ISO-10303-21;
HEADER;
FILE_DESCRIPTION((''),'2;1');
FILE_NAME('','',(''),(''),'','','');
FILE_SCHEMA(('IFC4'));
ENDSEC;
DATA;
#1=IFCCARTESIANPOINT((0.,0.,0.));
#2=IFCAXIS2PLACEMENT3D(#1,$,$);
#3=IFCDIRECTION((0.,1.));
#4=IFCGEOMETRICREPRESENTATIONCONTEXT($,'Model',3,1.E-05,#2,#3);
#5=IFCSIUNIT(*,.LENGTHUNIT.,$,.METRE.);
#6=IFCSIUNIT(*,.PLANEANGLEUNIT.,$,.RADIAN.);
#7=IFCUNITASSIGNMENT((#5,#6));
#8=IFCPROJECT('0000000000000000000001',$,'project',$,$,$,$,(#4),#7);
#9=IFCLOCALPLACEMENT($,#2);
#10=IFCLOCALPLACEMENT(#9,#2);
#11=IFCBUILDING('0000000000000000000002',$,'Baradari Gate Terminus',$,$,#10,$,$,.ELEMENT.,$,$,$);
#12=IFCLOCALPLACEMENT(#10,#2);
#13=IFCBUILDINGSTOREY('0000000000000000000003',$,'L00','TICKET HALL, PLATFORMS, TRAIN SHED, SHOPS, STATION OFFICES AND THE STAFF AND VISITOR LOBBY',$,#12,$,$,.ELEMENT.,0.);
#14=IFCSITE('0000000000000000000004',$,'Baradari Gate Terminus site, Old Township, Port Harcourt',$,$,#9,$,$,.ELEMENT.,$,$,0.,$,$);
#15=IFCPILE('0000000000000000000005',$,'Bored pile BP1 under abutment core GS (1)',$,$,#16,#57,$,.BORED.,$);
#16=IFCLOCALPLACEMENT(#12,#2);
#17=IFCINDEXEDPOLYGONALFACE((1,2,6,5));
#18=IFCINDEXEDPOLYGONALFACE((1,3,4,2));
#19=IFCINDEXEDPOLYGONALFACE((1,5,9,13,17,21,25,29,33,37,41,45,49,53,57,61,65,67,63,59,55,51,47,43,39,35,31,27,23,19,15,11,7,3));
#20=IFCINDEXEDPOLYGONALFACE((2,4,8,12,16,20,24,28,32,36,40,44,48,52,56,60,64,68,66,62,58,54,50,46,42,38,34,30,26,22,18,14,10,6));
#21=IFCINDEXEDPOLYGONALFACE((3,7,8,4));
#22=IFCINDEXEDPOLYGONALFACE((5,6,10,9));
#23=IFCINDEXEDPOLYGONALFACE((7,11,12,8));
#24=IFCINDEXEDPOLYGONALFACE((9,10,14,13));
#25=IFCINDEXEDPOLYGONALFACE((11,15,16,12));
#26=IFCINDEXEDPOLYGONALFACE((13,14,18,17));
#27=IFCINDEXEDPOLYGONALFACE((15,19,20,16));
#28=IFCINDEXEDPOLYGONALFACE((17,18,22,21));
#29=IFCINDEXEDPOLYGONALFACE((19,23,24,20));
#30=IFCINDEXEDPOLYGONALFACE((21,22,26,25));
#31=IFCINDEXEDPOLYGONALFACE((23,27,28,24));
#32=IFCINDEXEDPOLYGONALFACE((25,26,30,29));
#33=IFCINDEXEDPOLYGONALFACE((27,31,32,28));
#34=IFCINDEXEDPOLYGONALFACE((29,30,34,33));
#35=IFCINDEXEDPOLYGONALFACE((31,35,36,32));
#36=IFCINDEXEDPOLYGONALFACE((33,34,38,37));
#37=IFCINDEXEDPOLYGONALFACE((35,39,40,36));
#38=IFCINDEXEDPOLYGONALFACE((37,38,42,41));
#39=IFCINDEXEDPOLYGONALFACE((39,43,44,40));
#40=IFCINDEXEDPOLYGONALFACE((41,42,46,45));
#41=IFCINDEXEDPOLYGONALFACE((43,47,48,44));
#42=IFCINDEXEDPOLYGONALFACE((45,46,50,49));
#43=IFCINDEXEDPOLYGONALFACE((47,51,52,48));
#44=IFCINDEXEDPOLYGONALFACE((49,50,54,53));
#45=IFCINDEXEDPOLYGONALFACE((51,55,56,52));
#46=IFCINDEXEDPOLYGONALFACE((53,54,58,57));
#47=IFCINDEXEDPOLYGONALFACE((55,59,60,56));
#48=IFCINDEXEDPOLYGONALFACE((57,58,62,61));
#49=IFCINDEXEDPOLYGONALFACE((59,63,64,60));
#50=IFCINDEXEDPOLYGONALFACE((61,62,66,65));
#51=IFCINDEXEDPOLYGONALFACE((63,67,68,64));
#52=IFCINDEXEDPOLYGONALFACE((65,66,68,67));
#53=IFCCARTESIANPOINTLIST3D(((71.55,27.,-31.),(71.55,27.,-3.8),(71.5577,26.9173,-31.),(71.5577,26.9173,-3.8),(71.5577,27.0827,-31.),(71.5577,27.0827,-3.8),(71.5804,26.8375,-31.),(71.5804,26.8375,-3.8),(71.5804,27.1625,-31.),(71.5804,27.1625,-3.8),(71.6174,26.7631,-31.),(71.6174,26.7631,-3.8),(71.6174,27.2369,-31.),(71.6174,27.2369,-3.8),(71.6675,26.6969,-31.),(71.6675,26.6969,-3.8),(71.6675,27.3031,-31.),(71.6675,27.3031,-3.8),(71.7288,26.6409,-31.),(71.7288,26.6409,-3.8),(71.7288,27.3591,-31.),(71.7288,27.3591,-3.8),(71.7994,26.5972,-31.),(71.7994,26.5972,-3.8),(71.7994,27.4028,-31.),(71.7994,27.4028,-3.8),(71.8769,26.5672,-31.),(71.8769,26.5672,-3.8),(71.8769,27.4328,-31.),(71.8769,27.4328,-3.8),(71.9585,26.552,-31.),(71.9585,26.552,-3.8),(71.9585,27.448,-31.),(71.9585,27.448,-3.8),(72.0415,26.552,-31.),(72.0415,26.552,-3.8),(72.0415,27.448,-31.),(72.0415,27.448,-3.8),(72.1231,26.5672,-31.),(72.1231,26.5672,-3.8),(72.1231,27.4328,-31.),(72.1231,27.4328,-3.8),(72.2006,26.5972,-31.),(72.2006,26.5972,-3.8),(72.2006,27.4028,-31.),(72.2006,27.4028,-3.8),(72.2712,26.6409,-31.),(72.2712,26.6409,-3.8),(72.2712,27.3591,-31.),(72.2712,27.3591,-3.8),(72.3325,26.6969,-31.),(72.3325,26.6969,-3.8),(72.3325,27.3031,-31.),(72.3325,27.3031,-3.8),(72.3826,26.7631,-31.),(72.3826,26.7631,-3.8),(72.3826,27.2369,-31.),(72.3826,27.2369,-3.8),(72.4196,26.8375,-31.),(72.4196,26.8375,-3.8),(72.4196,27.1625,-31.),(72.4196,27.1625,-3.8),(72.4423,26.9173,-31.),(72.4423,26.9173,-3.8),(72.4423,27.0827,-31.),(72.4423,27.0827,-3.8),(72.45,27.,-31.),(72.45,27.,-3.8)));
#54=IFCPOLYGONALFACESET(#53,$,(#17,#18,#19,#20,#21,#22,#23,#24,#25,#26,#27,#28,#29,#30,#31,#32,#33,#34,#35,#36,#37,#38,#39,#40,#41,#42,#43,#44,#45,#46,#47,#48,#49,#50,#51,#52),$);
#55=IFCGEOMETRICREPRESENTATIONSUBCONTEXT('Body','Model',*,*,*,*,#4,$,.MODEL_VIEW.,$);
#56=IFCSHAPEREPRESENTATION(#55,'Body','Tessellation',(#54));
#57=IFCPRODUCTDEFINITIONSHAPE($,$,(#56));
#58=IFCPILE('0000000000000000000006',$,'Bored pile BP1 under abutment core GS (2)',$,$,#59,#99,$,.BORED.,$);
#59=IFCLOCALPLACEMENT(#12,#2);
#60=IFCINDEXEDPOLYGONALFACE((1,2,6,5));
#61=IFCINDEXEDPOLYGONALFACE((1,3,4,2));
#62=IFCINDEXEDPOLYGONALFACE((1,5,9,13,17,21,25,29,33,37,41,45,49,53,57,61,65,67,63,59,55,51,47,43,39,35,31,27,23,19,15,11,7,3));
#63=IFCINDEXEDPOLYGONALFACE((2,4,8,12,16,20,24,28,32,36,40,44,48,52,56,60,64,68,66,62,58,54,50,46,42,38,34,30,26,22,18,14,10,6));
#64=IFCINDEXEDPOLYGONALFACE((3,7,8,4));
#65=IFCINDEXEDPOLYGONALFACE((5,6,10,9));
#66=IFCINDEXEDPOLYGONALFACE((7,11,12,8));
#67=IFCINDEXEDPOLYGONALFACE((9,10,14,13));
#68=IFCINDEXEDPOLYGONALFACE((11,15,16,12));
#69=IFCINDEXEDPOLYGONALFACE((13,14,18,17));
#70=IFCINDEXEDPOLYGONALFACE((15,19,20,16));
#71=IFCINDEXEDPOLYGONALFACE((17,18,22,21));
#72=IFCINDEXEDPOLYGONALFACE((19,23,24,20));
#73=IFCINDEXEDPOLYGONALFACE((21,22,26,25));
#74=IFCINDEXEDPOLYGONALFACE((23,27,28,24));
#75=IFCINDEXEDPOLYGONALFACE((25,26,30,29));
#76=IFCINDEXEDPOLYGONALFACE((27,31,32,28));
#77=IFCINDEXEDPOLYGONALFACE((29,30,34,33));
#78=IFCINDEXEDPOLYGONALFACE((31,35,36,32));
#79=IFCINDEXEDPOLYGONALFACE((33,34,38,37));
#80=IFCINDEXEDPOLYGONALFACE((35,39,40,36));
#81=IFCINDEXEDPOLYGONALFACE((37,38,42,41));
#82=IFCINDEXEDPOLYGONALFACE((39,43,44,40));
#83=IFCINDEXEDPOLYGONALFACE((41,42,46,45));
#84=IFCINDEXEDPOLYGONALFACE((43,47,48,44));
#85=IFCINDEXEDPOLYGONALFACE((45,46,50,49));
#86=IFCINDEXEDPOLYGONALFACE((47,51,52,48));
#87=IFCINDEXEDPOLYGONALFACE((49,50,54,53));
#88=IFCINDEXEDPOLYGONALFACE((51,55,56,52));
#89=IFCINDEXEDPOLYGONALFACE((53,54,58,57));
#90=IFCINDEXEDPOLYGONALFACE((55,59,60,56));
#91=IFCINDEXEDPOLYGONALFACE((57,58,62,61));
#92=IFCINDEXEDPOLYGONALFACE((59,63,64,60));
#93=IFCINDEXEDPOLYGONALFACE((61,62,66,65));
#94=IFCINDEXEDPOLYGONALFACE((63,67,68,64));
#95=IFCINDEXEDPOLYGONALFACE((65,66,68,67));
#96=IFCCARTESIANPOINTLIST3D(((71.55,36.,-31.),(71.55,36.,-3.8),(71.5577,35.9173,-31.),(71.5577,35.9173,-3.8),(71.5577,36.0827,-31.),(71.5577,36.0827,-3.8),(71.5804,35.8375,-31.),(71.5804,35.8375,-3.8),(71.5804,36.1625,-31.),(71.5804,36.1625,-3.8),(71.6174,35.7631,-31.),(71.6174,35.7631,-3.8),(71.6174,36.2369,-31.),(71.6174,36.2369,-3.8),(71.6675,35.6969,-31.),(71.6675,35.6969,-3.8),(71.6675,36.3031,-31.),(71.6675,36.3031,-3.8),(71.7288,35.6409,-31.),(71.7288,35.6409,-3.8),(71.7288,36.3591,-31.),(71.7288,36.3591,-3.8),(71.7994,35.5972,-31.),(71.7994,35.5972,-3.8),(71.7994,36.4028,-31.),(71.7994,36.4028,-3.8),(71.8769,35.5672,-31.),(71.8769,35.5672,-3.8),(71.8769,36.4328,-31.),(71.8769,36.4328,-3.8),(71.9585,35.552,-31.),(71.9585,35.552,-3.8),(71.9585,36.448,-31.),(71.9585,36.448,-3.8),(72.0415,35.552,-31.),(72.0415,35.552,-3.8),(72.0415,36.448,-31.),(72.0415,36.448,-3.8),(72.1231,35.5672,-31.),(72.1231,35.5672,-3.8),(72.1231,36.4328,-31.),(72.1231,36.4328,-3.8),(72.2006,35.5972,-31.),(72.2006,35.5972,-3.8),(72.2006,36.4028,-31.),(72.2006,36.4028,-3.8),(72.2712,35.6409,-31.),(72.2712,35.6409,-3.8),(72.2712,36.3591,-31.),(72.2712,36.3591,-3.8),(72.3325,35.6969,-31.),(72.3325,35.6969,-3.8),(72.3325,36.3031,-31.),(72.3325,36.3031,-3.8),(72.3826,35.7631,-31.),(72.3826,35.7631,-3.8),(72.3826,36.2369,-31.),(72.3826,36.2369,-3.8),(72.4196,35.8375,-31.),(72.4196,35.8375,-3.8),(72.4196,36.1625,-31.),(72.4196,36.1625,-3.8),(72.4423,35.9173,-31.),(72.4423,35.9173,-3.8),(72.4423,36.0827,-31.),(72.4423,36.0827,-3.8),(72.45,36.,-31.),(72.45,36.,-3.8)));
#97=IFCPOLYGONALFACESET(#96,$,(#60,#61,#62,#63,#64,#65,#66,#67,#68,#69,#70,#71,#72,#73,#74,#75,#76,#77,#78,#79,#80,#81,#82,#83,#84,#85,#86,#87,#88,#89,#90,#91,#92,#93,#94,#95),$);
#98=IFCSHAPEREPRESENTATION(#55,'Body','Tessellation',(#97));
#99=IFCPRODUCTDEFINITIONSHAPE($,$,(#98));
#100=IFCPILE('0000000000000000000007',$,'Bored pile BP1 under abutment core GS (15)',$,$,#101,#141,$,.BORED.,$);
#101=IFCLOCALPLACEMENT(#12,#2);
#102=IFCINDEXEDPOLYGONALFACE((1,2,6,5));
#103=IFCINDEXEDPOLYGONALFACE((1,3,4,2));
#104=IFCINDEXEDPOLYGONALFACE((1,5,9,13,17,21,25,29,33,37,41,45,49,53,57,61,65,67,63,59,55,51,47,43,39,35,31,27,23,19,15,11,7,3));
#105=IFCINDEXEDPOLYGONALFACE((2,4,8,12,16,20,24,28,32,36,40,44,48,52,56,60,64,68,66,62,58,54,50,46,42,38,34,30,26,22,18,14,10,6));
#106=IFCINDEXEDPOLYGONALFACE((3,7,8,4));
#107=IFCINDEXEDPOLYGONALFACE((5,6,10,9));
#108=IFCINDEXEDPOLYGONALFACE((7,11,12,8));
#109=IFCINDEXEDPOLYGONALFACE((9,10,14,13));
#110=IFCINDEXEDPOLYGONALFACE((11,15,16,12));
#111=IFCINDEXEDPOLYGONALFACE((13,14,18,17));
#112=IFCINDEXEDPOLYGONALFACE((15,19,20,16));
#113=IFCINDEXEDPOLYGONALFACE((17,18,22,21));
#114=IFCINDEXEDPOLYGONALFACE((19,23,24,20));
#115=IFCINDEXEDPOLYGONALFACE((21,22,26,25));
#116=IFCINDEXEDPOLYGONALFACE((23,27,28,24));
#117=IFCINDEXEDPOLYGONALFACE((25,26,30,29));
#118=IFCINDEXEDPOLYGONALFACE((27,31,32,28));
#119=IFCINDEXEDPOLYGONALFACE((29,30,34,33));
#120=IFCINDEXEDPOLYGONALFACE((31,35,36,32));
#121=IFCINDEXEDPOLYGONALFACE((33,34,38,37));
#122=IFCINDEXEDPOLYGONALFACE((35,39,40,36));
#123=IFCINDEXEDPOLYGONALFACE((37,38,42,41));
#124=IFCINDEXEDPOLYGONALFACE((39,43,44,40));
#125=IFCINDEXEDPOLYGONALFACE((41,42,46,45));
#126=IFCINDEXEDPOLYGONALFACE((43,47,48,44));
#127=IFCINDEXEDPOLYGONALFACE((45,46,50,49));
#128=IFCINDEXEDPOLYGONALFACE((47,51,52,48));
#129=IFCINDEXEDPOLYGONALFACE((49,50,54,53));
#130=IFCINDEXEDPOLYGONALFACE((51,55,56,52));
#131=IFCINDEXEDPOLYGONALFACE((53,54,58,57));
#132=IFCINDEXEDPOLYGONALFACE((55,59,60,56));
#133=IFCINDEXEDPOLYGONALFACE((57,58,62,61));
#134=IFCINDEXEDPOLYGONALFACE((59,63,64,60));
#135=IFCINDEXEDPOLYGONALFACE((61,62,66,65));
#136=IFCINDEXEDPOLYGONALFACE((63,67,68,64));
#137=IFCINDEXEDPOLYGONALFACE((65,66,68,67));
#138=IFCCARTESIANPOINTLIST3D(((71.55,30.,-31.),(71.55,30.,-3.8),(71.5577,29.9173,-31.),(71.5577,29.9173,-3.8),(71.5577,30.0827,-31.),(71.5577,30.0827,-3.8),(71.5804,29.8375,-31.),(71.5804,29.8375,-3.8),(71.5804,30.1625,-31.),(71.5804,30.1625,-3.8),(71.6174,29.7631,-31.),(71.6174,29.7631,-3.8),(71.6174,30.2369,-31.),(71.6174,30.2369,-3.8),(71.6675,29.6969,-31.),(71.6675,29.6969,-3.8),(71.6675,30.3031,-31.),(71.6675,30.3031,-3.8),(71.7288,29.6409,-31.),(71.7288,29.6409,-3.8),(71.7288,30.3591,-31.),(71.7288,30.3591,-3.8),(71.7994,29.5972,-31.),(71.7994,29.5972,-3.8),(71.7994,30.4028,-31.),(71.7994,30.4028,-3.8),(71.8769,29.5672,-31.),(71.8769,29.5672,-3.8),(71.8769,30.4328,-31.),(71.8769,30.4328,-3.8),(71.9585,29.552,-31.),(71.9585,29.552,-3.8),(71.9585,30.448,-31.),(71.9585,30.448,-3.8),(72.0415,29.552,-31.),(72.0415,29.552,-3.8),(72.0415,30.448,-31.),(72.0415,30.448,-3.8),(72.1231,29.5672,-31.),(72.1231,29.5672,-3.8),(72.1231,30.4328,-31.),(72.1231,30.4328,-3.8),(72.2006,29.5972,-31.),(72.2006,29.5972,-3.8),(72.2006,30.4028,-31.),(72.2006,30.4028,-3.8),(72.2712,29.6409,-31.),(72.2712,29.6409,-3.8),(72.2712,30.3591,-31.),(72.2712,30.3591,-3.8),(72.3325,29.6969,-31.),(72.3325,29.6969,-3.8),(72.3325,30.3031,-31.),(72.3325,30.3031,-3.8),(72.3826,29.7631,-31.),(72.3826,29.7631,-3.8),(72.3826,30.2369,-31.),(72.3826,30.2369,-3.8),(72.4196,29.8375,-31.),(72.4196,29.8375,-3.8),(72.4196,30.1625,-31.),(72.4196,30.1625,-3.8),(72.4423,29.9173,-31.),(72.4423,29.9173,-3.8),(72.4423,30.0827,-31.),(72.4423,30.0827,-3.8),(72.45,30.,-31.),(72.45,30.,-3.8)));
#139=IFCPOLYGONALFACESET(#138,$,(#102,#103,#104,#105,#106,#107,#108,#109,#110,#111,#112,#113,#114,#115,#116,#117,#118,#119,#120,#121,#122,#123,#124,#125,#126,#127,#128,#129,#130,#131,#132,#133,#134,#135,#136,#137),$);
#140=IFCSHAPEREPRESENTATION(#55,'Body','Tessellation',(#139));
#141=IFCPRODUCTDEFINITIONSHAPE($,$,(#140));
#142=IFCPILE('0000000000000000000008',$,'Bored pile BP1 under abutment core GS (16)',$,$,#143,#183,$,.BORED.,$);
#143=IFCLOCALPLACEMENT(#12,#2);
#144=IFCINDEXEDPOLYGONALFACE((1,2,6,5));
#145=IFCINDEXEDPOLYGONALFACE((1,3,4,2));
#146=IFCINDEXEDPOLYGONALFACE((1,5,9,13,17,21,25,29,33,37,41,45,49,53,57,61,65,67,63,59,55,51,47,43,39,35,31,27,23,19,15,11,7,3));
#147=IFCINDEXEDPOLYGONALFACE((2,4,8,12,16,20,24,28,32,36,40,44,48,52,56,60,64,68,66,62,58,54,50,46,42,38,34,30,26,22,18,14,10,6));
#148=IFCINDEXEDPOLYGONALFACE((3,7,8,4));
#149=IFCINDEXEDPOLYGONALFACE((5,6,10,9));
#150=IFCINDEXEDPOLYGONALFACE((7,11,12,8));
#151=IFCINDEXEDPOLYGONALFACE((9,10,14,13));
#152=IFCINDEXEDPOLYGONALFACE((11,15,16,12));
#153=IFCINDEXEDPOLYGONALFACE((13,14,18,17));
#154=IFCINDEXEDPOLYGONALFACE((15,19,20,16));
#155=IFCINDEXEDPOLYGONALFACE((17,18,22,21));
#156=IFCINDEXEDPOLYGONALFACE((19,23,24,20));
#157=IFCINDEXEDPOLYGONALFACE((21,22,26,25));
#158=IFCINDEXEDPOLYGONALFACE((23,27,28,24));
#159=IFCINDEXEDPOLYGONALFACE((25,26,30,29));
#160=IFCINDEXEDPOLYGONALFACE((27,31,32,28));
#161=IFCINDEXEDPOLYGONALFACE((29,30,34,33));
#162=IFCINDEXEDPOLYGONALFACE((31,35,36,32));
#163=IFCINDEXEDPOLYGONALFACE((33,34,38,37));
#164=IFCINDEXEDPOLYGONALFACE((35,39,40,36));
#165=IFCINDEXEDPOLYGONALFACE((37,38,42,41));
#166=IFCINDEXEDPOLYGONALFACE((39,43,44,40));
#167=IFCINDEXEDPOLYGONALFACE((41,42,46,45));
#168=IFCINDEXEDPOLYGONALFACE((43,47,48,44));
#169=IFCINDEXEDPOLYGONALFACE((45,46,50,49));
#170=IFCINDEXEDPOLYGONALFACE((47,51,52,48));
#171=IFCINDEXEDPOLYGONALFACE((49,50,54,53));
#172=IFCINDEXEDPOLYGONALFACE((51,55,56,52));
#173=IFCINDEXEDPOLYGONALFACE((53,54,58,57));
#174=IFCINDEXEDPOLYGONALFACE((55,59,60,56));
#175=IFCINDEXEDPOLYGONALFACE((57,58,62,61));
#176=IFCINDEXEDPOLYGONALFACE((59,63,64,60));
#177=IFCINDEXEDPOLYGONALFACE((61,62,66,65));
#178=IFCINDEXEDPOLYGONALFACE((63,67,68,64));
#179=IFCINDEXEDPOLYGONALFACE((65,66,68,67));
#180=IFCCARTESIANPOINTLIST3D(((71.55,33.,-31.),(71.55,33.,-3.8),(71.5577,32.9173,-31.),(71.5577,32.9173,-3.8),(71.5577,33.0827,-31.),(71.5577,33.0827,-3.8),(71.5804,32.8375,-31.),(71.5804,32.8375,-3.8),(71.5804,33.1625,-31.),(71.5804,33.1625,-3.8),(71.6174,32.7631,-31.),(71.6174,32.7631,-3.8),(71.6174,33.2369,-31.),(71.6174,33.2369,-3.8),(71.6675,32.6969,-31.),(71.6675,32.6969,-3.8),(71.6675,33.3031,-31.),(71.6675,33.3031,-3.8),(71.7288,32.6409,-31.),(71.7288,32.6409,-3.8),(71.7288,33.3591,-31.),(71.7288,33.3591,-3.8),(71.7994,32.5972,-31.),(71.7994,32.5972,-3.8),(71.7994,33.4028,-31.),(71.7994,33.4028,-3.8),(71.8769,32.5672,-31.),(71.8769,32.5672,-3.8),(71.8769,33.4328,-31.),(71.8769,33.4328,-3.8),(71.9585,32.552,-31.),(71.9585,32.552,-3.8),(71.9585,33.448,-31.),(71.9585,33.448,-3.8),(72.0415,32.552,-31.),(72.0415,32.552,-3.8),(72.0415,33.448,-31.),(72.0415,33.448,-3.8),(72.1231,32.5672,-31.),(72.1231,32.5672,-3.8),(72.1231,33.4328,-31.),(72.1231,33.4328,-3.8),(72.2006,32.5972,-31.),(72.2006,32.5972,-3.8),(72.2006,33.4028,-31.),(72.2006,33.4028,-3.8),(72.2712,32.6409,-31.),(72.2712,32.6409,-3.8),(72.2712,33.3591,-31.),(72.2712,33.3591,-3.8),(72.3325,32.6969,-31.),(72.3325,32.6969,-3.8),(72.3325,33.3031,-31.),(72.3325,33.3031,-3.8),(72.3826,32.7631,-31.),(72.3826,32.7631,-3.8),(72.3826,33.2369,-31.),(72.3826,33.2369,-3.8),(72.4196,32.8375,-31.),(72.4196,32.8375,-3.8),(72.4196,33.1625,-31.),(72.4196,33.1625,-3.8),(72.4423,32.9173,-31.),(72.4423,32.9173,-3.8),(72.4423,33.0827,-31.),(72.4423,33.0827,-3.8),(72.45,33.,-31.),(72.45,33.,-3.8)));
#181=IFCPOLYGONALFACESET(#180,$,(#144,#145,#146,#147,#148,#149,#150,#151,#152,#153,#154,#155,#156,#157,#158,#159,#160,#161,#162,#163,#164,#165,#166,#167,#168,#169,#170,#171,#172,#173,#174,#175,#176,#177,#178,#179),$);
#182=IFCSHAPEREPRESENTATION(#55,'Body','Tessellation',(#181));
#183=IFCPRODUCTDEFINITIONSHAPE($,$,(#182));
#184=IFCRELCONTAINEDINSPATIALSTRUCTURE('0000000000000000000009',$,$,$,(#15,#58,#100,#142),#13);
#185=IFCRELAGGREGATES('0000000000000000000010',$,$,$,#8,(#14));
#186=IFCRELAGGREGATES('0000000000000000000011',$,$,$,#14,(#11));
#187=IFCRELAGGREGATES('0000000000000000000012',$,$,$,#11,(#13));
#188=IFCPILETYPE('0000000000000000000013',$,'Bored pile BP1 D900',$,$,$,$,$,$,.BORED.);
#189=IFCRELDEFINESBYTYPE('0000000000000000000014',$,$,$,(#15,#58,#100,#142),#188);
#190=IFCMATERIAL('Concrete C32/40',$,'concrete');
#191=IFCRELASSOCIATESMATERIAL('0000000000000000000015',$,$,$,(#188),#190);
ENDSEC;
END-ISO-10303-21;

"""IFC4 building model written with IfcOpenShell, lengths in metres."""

from ifc_helpers import new_model, si_unit, direction, frame, origin, origin_2d, place, context, subcontext, project, spatial, circle, extrude, material, type_object, element, save


model = new_model("IFC4")

# Units and contexts
model_context = context("Model", 3, precision=1e-05, world=origin(), true_north=direction((0.0, 1.0)))
body_context = subcontext(model_context, "Body", "Model", "MODEL_VIEW")
ifc_project = project(units=[si_unit("LENGTHUNIT", "METRE"), si_unit("PLANEANGLEUNIT", "RADIAN")], contexts=[model_context])

# Site, building, storey
site_placement = place(None, origin())
site = spatial("IfcSite", under=ifc_project, at=site_placement, Name="Baradari Gate Terminus site, Old Township, Port Harcourt", CompositionType="ELEMENT", RefElevation=0.0)
building_placement = place(site_placement, origin())
building = spatial("IfcBuilding", under=site, at=building_placement, Name="Baradari Gate Terminus", CompositionType="ELEMENT")
storey_placement = place(building_placement, origin())
storey = spatial("IfcBuildingStorey", under=building, at=storey_placement, Name="L00", Description="TICKET HALL, PLATFORMS, TRAIN SHED, SHOPS, STATION OFFICES AND THE STAFF AND VISITOR LOBBY", CompositionType="ELEMENT", Elevation=0.0)

# Piles
ifc_material_1 = material(Name="Concrete C32/40", Category="concrete")
pile_type_1 = type_object("IfcPileType", Name="Bored pile BP1 D900", PredefinedType="BORED", material=ifc_material_1)
for number, where, z_axis, x_axis, name in (
    (1, (72.0, 27.0, -3.8), (0.0, 0.0, -1.0), (1.0, 0.0, 0.0), "Bored pile BP1 under abutment core GS (1)"),
    (2, (72.0, 36.0, -3.8), (0.0, 0.0, -1.0), (1.0, 0.0, 0.0), "Bored pile BP1 under abutment core GS (2)"),
    (3, (72.0, 30.0, -3.8), (0.0, 0.0, -1.0), (1.0, 0.0, 0.0), "Bored pile BP1 under abutment core GS (15)"),
    (4, (72.0, 33.0, -3.8), (0.0, 0.0, -1.0), (1.0, 0.0, 0.0), "Bored pile BP1 under abutment core GS (16)"),
):
    element("IfcPile", number, at=place(storey_placement, frame(where, z_axis=z_axis, x_axis=x_axis)), inside=storey, type_object=pile_type_1, Name=name, PredefinedType="BORED", context=body_context, shape_type="SweptSolid", body=[
        extrude(circle(Radius=0.45, at=origin_2d()), origin(), (0.0, 0.0, 1.0), 27.2),
    ])

save(model, "model.ifc")
